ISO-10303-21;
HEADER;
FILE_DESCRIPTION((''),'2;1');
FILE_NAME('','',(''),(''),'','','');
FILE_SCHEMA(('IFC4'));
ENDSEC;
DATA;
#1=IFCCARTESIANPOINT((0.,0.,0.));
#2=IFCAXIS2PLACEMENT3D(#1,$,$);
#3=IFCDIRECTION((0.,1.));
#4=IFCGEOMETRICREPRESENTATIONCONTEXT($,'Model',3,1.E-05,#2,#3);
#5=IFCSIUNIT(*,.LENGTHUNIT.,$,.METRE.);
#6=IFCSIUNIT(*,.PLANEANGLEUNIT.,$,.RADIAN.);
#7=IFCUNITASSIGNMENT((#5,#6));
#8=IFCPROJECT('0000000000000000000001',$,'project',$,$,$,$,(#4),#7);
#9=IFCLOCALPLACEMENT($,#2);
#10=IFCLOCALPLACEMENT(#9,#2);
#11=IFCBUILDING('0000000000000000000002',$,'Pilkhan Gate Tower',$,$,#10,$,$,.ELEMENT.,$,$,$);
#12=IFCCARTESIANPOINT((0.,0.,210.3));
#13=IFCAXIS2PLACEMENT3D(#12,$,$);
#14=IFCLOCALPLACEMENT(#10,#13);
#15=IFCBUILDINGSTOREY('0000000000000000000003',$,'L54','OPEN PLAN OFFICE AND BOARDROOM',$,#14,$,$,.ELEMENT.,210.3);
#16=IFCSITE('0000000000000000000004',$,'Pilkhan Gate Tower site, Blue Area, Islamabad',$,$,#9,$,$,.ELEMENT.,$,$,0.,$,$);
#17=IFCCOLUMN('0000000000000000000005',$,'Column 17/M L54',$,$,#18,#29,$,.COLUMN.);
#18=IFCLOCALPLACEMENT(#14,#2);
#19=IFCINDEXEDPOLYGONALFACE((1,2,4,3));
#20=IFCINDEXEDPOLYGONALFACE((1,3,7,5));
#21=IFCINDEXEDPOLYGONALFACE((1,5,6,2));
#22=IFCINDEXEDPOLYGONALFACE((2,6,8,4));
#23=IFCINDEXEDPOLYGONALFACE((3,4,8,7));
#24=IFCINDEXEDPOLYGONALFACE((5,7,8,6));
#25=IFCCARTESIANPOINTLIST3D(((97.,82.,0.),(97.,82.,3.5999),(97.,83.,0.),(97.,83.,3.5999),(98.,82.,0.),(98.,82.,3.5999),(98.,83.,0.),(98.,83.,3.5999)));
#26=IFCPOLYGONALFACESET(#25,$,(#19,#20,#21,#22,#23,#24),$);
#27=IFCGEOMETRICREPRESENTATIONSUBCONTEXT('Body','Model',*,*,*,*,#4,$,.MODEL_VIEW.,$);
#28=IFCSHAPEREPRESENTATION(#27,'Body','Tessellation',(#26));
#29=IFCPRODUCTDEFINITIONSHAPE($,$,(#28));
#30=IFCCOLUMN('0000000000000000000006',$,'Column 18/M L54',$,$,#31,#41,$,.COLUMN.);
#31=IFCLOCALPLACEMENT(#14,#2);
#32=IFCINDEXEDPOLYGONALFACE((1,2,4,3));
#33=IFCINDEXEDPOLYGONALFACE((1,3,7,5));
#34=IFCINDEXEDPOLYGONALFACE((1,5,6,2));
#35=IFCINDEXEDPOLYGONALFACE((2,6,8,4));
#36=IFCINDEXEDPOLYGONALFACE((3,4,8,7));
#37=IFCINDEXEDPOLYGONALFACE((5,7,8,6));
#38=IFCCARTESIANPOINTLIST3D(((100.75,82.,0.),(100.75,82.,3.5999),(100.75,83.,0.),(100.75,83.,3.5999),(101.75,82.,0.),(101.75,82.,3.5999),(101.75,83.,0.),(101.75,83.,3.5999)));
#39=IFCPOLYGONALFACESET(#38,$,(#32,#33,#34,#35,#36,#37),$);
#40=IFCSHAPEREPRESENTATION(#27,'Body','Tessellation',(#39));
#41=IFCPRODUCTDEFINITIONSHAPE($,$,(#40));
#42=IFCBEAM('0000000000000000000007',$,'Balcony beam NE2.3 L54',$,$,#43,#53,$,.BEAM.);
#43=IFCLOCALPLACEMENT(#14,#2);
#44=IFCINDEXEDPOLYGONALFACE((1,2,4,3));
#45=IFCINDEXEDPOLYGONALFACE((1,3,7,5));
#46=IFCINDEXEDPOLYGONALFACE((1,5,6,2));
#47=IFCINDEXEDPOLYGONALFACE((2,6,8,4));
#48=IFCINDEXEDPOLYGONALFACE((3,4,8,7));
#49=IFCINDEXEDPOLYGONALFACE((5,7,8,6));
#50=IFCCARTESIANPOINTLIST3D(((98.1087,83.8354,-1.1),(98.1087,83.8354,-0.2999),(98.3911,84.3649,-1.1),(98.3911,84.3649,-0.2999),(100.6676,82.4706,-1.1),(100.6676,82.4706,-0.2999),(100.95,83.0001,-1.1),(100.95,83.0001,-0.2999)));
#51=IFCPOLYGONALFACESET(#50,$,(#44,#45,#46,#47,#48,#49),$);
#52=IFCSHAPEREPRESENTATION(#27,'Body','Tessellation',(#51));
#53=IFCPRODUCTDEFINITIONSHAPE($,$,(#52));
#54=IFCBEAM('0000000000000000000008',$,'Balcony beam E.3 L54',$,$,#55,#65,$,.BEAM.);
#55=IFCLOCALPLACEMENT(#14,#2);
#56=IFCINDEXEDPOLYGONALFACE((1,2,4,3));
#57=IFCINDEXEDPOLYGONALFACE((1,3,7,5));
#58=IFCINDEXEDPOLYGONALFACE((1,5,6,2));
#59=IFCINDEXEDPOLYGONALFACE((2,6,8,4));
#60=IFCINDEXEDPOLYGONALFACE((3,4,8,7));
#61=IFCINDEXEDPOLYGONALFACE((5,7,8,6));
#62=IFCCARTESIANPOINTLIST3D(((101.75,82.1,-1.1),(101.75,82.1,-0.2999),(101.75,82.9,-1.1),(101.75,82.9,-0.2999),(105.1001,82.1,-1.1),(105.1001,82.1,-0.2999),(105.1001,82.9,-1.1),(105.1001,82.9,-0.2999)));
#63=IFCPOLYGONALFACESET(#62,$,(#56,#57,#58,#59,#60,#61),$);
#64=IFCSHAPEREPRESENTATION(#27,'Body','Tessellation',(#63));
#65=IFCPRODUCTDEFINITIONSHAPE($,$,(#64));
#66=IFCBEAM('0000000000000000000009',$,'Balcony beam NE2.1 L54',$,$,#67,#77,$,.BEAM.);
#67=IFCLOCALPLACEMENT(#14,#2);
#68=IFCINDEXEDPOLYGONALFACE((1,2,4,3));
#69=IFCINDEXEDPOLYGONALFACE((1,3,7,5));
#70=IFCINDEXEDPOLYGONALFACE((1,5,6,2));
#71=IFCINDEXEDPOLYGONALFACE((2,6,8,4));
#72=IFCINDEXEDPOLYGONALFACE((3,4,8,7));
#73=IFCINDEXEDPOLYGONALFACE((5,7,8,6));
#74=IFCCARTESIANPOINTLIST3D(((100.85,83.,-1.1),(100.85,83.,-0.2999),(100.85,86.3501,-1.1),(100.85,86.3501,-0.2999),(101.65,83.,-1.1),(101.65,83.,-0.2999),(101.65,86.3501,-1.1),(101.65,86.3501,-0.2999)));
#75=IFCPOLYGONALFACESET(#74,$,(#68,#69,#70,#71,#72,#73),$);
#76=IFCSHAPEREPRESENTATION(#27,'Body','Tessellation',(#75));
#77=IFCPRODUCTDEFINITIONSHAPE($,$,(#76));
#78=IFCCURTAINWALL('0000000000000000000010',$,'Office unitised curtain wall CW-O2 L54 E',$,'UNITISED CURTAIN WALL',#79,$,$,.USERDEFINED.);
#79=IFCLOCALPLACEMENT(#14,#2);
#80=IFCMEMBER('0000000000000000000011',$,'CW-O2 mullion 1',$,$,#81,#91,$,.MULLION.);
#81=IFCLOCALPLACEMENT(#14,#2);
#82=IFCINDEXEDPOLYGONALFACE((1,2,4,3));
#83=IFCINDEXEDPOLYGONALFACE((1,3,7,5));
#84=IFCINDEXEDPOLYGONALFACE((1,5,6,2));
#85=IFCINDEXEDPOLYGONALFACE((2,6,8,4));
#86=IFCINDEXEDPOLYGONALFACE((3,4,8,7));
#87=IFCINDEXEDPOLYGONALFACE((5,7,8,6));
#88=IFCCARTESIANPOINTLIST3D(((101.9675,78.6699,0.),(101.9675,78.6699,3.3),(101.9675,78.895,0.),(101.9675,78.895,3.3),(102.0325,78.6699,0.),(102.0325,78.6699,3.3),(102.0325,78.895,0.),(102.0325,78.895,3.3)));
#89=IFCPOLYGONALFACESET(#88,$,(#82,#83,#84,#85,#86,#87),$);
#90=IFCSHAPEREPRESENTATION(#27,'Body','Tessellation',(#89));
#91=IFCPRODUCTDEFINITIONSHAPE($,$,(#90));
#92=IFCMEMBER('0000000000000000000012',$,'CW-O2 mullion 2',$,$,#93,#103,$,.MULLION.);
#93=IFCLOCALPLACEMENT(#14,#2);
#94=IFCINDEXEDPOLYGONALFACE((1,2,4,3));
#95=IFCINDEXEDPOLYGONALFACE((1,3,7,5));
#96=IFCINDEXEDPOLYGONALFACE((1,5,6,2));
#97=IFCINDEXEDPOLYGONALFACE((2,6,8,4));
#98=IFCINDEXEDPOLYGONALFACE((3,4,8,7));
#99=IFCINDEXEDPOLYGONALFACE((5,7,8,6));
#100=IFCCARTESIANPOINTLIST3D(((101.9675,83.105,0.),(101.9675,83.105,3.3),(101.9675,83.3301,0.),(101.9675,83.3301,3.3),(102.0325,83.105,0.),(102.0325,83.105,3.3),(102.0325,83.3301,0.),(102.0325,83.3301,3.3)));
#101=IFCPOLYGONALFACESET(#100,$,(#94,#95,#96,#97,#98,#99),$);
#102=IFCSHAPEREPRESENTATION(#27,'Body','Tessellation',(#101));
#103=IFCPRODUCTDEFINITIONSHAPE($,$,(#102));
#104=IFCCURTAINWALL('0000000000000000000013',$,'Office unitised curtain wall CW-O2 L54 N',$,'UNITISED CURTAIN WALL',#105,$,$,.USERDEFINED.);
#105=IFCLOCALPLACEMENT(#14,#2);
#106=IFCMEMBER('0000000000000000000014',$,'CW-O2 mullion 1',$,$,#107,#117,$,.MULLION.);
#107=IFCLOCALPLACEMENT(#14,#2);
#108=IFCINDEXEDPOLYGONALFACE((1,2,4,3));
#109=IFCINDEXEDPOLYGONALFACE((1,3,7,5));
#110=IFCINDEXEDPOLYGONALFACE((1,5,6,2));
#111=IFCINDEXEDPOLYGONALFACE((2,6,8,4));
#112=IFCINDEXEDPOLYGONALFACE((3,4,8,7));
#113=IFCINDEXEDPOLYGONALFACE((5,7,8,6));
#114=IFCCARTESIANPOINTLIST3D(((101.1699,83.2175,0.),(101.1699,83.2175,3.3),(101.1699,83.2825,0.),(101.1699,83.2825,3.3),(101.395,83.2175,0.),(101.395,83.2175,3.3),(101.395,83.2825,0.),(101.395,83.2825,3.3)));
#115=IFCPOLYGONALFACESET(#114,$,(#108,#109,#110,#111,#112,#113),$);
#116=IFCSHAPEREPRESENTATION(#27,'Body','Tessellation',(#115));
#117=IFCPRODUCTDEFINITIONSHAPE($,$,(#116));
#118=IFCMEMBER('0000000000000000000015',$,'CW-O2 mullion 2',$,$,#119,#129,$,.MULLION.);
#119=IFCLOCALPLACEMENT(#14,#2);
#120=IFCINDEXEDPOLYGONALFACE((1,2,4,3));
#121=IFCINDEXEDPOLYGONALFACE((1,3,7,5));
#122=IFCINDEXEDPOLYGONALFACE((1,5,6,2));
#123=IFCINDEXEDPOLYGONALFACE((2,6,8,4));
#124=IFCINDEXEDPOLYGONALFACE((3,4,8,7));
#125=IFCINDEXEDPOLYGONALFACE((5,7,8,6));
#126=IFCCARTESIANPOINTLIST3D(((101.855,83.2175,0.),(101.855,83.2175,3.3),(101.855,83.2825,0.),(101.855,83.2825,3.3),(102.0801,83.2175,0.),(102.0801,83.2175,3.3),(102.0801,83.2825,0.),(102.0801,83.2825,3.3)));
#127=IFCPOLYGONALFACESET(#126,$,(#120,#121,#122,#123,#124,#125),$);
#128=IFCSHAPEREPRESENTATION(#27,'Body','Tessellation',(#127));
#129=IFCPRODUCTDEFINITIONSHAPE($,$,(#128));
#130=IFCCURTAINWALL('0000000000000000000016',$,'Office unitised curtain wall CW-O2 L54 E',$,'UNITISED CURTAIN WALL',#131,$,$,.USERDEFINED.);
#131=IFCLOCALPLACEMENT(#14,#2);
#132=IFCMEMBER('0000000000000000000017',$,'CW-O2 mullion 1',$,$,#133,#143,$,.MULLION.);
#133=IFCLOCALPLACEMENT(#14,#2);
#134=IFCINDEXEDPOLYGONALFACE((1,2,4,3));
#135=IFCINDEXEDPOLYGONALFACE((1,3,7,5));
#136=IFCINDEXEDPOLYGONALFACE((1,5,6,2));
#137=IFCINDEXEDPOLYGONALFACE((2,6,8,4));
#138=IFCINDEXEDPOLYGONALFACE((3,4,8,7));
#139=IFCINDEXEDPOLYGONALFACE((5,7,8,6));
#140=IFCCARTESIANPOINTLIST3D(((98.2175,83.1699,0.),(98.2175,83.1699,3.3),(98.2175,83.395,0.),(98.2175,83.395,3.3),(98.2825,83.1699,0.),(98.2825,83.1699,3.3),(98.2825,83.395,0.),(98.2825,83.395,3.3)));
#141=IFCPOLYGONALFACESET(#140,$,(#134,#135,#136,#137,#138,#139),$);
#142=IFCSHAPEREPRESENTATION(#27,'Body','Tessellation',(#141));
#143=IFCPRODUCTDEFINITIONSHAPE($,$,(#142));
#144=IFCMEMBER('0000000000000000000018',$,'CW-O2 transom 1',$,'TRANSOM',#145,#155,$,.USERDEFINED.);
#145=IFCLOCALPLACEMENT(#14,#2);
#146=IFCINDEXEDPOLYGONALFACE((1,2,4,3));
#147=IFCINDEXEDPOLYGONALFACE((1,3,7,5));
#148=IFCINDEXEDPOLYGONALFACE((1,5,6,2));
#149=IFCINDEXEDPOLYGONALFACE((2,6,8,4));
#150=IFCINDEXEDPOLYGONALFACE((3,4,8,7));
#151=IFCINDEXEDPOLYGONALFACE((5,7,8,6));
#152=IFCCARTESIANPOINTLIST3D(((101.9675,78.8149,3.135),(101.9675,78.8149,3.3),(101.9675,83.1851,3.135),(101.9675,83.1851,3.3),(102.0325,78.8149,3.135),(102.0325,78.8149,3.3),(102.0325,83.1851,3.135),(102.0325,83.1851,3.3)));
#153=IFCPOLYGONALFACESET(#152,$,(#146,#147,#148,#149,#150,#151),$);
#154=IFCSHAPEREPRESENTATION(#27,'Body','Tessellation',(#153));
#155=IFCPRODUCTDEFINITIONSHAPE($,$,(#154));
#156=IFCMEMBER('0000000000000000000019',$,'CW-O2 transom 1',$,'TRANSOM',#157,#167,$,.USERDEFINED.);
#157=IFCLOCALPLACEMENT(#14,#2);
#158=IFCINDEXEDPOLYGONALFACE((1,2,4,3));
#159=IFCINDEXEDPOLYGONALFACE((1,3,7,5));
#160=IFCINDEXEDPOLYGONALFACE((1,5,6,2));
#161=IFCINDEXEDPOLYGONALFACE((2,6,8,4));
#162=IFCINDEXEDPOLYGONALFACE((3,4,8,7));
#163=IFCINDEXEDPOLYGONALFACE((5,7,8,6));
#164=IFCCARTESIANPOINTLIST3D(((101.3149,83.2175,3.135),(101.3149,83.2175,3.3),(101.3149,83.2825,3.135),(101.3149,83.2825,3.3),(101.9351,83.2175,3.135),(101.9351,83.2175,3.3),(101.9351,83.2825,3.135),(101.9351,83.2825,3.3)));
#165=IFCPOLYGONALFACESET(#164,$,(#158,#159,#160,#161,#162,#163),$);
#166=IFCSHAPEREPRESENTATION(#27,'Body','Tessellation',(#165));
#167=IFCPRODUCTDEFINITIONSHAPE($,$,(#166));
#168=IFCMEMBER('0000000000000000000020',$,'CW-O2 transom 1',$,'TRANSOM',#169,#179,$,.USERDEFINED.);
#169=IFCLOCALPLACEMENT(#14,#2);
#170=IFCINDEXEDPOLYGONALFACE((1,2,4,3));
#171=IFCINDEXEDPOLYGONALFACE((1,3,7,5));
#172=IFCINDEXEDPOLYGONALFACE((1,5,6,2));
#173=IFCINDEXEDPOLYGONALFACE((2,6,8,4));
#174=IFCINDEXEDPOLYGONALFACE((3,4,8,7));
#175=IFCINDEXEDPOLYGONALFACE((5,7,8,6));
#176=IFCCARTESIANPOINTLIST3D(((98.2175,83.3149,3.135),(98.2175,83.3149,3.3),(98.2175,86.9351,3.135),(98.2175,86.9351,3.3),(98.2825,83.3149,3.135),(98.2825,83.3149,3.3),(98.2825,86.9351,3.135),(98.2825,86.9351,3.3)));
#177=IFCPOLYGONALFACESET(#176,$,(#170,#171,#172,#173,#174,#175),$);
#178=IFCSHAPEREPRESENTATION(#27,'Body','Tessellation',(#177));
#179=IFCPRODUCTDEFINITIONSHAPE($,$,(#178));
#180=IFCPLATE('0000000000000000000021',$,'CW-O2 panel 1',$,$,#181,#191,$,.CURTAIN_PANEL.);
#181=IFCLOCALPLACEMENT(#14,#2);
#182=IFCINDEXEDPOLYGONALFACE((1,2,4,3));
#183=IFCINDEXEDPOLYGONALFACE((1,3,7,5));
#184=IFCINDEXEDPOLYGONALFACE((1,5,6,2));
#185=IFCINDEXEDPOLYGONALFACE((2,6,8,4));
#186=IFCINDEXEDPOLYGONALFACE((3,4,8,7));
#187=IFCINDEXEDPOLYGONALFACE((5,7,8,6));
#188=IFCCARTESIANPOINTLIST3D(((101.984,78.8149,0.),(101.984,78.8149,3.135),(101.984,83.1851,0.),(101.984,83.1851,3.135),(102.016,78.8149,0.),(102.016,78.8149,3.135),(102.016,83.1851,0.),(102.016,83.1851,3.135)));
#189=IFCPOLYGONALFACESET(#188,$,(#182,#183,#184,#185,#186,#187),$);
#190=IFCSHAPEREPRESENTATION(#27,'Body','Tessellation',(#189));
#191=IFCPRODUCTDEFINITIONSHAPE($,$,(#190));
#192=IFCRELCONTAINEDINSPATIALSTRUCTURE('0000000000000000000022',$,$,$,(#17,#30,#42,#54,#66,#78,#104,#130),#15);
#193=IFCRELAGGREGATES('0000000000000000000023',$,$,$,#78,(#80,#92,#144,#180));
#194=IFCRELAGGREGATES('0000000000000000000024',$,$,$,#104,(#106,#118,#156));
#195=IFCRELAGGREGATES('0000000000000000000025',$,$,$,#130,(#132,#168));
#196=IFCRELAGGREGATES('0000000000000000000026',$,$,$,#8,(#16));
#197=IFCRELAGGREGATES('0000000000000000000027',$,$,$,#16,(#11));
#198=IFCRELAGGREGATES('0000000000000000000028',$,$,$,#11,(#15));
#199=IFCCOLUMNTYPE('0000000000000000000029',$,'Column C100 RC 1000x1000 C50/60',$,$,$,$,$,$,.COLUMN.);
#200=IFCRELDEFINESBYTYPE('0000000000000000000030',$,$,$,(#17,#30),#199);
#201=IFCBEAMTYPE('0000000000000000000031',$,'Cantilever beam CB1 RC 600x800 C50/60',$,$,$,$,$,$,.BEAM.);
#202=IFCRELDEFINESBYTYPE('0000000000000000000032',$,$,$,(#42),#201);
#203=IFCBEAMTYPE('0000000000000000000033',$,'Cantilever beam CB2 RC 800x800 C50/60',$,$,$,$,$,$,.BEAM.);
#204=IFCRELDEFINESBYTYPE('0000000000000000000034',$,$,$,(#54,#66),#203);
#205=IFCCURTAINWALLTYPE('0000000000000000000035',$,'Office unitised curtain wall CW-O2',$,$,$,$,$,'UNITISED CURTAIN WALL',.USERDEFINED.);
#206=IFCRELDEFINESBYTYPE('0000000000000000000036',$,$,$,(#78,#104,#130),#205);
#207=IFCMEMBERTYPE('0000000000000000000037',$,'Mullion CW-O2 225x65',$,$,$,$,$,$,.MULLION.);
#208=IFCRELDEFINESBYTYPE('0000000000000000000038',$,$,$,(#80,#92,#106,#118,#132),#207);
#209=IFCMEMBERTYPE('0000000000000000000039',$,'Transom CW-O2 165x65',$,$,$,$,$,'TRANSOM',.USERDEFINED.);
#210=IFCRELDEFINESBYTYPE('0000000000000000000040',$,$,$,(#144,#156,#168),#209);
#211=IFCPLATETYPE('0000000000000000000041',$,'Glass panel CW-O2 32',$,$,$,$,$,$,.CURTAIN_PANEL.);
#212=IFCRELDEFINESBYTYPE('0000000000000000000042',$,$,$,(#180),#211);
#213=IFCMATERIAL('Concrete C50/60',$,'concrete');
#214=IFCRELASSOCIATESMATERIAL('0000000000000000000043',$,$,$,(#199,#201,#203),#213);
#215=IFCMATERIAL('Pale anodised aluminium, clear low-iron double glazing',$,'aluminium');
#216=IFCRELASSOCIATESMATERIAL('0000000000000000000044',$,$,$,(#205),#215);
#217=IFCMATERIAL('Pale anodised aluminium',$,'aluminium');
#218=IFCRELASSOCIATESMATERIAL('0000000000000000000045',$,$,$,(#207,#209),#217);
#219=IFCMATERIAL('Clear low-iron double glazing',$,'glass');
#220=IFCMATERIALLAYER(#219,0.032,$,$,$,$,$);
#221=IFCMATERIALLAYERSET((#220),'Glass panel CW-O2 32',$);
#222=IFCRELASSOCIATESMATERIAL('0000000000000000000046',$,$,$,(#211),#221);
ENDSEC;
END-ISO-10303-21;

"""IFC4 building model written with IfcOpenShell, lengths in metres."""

from ifc_helpers import new_model, si_unit, direction, frame, origin, origin_2d, place, context, subcontext, project, spatial, rectangle, extrude, material, layer, layer_set, material_profile, profile_set, type_object, element, aggregate, save


model = new_model("IFC4")

# Units and contexts
model_context = context("Model", 3, precision=1e-05, world=origin(), true_north=direction((0.0, 1.0)))
body_context = subcontext(model_context, "Body", "Model", "MODEL_VIEW")
ifc_project = project(units=[si_unit("LENGTHUNIT", "METRE"), si_unit("PLANEANGLEUNIT", "RADIAN")], contexts=[model_context])

# Site, building, storey
site_placement = place(None, origin())
site = spatial("IfcSite", under=ifc_project, at=site_placement, Name="Pilkhan Gate Tower site, Blue Area, Islamabad", CompositionType="ELEMENT", RefElevation=0.0)
building_placement = place(site_placement, origin())
building = spatial("IfcBuilding", under=site, at=building_placement, Name="Pilkhan Gate Tower", CompositionType="ELEMENT")
storey_placement = place(building_placement, frame((0.0, 0.0, 210.3)))
storey = spatial("IfcBuildingStorey", under=building, at=storey_placement, Name="L54", Description="OPEN PLAN OFFICE AND BOARDROOM", CompositionType="ELEMENT", Elevation=210.3)

# Columns
ifc_material_1 = material(Name="Concrete C50/60", Category="concrete")
ifc_material_profile_1 = material_profile(ifc_material_1, rectangle(XDim=1.0, YDim=1.0, at=origin_2d()), Name="RC 1000x1000")
ifc_profile_set_1 = profile_set([ifc_material_profile_1], Name="Concrete C50/60")
column_type = type_object("IfcColumnType", Name="Column C100 RC 1000x1000 C50/60", PredefinedType="COLUMN", material=ifc_profile_set_1)
for number, where, z_axis, x_axis, name in (
    (1, (97.5, 82.5, 0.0), (0.0, 0.0, 1.0), (1.0, 0.0, 0.0), "Column 17/M L54"),
    (2, (101.25, 82.5, 0.0), (0.0, 0.0, 1.0), (1.0, 0.0, 0.0), "Column 18/M L54"),
):
    element("IfcColumn", number, at=place(storey_placement, frame(where, z_axis=z_axis, x_axis=x_axis)), inside=storey, type_object=column_type, Name=name, PredefinedType="COLUMN", context=body_context, shape_type="SweptSolid", body=[
        extrude(rectangle(XDim=1.0, YDim=1.0, at=origin_2d()), origin(), (0.0, 0.0, 1.0), 3.5999),
    ])

# Beams
ifc_material_profile_2 = material_profile(ifc_material_1, rectangle(XDim=0.6001, YDim=0.8, at=origin_2d()), Name="RC 600x800")
ifc_profile_set_2 = profile_set([ifc_material_profile_2], Name="Concrete C50/60")
beam_type_1 = type_object("IfcBeamType", Name="Cantilever beam CB1 RC 600x800 C50/60", PredefinedType="BEAM", material=ifc_profile_set_2)
beam_placement = place(storey_placement, frame((100.8088, 82.7354, -0.7), z_axis=(-0.882348, 0.470597, 0.0), x_axis=(-0.470597, -0.882348, 0.0)))
element("IfcBeam", 3, at=beam_placement, inside=storey, type_object=beam_type_1, Name="Balcony beam NE2.3 L54", PredefinedType="BEAM", context=body_context, shape_type="SweptSolid", body=[
    extrude(rectangle(XDim=0.6001, YDim=0.8, at=origin_2d()), origin(), (0.0, 0.0, 1.0), 2.9001),
])
ifc_material_profile_3 = material_profile(ifc_material_1, rectangle(XDim=0.8, YDim=0.8, at=origin_2d()), Name="RC 800x800")
ifc_profile_set_3 = profile_set([ifc_material_profile_3], Name="Concrete C50/60")
beam_type_2 = type_object("IfcBeamType", Name="Cantilever beam CB2 RC 800x800 C50/60", PredefinedType="BEAM", material=ifc_profile_set_3)
for number, where, z_axis, x_axis, name in (
    (4, (101.75, 82.5, -0.7), (1.0, 0.0, 0.0), (0.0, 1.0, 0.0), "Balcony beam E.3 L54"),
    (5, (101.25, 83.0, -0.7), (0.0, 1.0, 0.0), (-1.0, 0.0, 0.0), "Balcony beam NE2.1 L54"),
):
    element("IfcBeam", number, at=place(storey_placement, frame(where, z_axis=z_axis, x_axis=x_axis)), inside=storey, type_object=beam_type_2, Name=name, PredefinedType="BEAM", context=body_context, shape_type="SweptSolid", body=[
        extrude(rectangle(XDim=0.8, YDim=0.8, at=origin_2d()), origin(), (0.0, 0.0, 1.0), 3.3501),
    ])

# Curtain walls, members
ifc_material_2 = material(Name="Pale anodised aluminium, clear low-iron double glazing", Category="aluminium")
curtain_wall_type = type_object("IfcCurtainWallType", Name="Office unitised curtain wall CW-O2", ElementType="UNITISED CURTAIN WALL", PredefinedType="USERDEFINED", material=ifc_material_2)
curtain_wall_1_placement = place(storey_placement, origin())
curtain_wall_1 = element("IfcCurtainWall", 6, at=curtain_wall_1_placement, inside=storey, type_object=curtain_wall_type, Name="Office unitised curtain wall CW-O2 L54 E", ObjectType="UNITISED CURTAIN WALL", PredefinedType="USERDEFINED")
ifc_material_3 = material(Name="Pale anodised aluminium", Category="aluminium")
ifc_material_profile_4 = material_profile(ifc_material_3, rectangle(XDim=0.0649, YDim=0.2251, at=origin_2d()), Name="Mullion 225x65")
ifc_profile_set_4 = profile_set([ifc_material_profile_4], Name="Pale anodised aluminium")
member_type_1 = type_object("IfcMemberType", Name="Mullion CW-O2 225x65", PredefinedType="MULLION", material=ifc_profile_set_4)
member_1_placement = place(storey_placement, frame((102.0, 78.7825, 0.0), z_axis=(0.0, 0.0, 1.0), x_axis=(-1.0, 0.0, 0.0)))
member_1 = element("IfcMember", 7, at=member_1_placement, type_object=member_type_1, Name="CW-O2 mullion 1", PredefinedType="MULLION", context=body_context, shape_type="SweptSolid", body=[
    extrude(rectangle(XDim=0.0649, YDim=0.2251, at=origin_2d()), origin(), (0.0, 0.0, 1.0), 3.3),
])
member_2_placement = place(storey_placement, frame((102.0, 83.2175, 0.0), z_axis=(0.0, 0.0, 1.0), x_axis=(-1.0, 0.0, 0.0)))
member_2 = element("IfcMember", 8, at=member_2_placement, type_object=member_type_1, Name="CW-O2 mullion 2", PredefinedType="MULLION", context=body_context, shape_type="SweptSolid", body=[
    extrude(rectangle(XDim=0.0649, YDim=0.2251, at=origin_2d()), origin(), (0.0, 0.0, 1.0), 3.3),
])
curtain_wall_2_placement = place(storey_placement, origin())
curtain_wall_2 = element("IfcCurtainWall", 9, at=curtain_wall_2_placement, inside=storey, type_object=curtain_wall_type, Name="Office unitised curtain wall CW-O2 L54 N", ObjectType="UNITISED CURTAIN WALL", PredefinedType="USERDEFINED")
member_3_placement = place(storey_placement, frame((101.2825, 83.25, 0.0), z_axis=(0.0, 0.0, 1.0), x_axis=(0.0, 1.0, 0.0)))
member_3 = element("IfcMember", 10, at=member_3_placement, type_object=member_type_1, Name="CW-O2 mullion 1", PredefinedType="MULLION", context=body_context, shape_type="SweptSolid", body=[
    extrude(rectangle(XDim=0.0649, YDim=0.2251, at=origin_2d()), origin(), (0.0, 0.0, 1.0), 3.3),
])
member_4_placement = place(storey_placement, frame((101.9675, 83.25, 0.0), z_axis=(0.0, 0.0, 1.0), x_axis=(0.0, 1.0, 0.0)))
member_4 = element("IfcMember", 11, at=member_4_placement, type_object=member_type_1, Name="CW-O2 mullion 2", PredefinedType="MULLION", context=body_context, shape_type="SweptSolid", body=[
    extrude(rectangle(XDim=0.0649, YDim=0.2251, at=origin_2d()), origin(), (0.0, 0.0, 1.0), 3.3),
])

# Curtain wall, member
curtain_wall_3_placement = place(storey_placement, origin())
curtain_wall_3 = element("IfcCurtainWall", 12, at=curtain_wall_3_placement, inside=storey, type_object=curtain_wall_type, Name="Office unitised curtain wall CW-O2 L54 E", ObjectType="UNITISED CURTAIN WALL", PredefinedType="USERDEFINED")
member_5_placement = place(storey_placement, frame((98.25, 83.2825, 0.0), z_axis=(0.0, 0.0, 1.0), x_axis=(-1.0, 0.0, 0.0)))
member_5 = element("IfcMember", 13, at=member_5_placement, type_object=member_type_1, Name="CW-O2 mullion 1", PredefinedType="MULLION", context=body_context, shape_type="SweptSolid", body=[
    extrude(rectangle(XDim=0.0649, YDim=0.2251, at=origin_2d()), origin(), (0.0, 0.0, 1.0), 3.3),
])

# Members
ifc_material_profile_5 = material_profile(ifc_material_3, rectangle(XDim=0.0649, YDim=0.165, at=origin_2d()), Name="Transom 165x65")
ifc_profile_set_5 = profile_set([ifc_material_profile_5], Name="Pale anodised aluminium")
member_type_2 = type_object("IfcMemberType", Name="Transom CW-O2 165x65", ElementType="TRANSOM", PredefinedType="USERDEFINED", material=ifc_profile_set_5)
member_6_placement = place(storey_placement, frame((102.0, 78.8149, 3.2175), z_axis=(0.0, 1.0, 0.0), x_axis=(-1.0, 0.0, 0.0)))
member_6 = element("IfcMember", 14, at=member_6_placement, type_object=member_type_2, Name="CW-O2 transom 1", ObjectType="TRANSOM", PredefinedType="USERDEFINED", context=body_context, shape_type="SweptSolid", body=[
    extrude(rectangle(XDim=0.0649, YDim=0.165, at=origin_2d()), origin(), (0.0, 0.0, 1.0), 4.3701),
])
member_7_placement = place(storey_placement, frame((101.3149, 83.25, 3.2175), z_axis=(1.0, 0.0, 0.0), x_axis=(0.0, 1.0, 0.0)))
member_7 = element("IfcMember", 15, at=member_7_placement, type_object=member_type_2, Name="CW-O2 transom 1", ObjectType="TRANSOM", PredefinedType="USERDEFINED", context=body_context, shape_type="SweptSolid", body=[
    extrude(rectangle(XDim=0.0649, YDim=0.165, at=origin_2d()), origin(), (0.0, 0.0, 1.0), 0.6201),
])
member_8_placement = place(storey_placement, frame((98.25, 83.3149, 3.2175), z_axis=(0.0, 1.0, 0.0), x_axis=(-1.0, 0.0, 0.0)))
member_8 = element("IfcMember", 16, at=member_8_placement, type_object=member_type_2, Name="CW-O2 transom 1", ObjectType="TRANSOM", PredefinedType="USERDEFINED", context=body_context, shape_type="SweptSolid", body=[
    extrude(rectangle(XDim=0.0649, YDim=0.165, at=origin_2d()), origin(), (0.0, 0.0, 1.0), 3.6201),
])

# Plate
ifc_material_4 = material(Name="Clear low-iron double glazing", Category="glass")
ifc_layer_1 = layer(ifc_material_4, 0.032)
ifc_layer_set_1 = layer_set([ifc_layer_1], Name="Glass panel CW-O2 32")
plate_type = type_object("IfcPlateType", Name="Glass panel CW-O2 32", PredefinedType="CURTAIN_PANEL", material=ifc_layer_set_1)
plate_1_placement = place(storey_placement, frame((102.0, 81.0, 0.0), z_axis=(0.0, 0.0, 1.0), x_axis=(0.0, 1.0, 0.0)))
plate_1 = element("IfcPlate", 17, at=plate_1_placement, type_object=plate_type, Name="CW-O2 panel 1", PredefinedType="CURTAIN_PANEL", context=body_context, shape_type="SweptSolid", body=[
    extrude(rectangle(XDim=4.3701, YDim=0.032, at=origin_2d()), origin(), (0.0, 0.0, 1.0), 3.135),
])
aggregate(curtain_wall_1, [member_1, member_2, member_6, plate_1])
aggregate(curtain_wall_2, [member_3, member_4, member_7])
aggregate(curtain_wall_3, [member_5, member_8])

save(model, "model.ifc")
